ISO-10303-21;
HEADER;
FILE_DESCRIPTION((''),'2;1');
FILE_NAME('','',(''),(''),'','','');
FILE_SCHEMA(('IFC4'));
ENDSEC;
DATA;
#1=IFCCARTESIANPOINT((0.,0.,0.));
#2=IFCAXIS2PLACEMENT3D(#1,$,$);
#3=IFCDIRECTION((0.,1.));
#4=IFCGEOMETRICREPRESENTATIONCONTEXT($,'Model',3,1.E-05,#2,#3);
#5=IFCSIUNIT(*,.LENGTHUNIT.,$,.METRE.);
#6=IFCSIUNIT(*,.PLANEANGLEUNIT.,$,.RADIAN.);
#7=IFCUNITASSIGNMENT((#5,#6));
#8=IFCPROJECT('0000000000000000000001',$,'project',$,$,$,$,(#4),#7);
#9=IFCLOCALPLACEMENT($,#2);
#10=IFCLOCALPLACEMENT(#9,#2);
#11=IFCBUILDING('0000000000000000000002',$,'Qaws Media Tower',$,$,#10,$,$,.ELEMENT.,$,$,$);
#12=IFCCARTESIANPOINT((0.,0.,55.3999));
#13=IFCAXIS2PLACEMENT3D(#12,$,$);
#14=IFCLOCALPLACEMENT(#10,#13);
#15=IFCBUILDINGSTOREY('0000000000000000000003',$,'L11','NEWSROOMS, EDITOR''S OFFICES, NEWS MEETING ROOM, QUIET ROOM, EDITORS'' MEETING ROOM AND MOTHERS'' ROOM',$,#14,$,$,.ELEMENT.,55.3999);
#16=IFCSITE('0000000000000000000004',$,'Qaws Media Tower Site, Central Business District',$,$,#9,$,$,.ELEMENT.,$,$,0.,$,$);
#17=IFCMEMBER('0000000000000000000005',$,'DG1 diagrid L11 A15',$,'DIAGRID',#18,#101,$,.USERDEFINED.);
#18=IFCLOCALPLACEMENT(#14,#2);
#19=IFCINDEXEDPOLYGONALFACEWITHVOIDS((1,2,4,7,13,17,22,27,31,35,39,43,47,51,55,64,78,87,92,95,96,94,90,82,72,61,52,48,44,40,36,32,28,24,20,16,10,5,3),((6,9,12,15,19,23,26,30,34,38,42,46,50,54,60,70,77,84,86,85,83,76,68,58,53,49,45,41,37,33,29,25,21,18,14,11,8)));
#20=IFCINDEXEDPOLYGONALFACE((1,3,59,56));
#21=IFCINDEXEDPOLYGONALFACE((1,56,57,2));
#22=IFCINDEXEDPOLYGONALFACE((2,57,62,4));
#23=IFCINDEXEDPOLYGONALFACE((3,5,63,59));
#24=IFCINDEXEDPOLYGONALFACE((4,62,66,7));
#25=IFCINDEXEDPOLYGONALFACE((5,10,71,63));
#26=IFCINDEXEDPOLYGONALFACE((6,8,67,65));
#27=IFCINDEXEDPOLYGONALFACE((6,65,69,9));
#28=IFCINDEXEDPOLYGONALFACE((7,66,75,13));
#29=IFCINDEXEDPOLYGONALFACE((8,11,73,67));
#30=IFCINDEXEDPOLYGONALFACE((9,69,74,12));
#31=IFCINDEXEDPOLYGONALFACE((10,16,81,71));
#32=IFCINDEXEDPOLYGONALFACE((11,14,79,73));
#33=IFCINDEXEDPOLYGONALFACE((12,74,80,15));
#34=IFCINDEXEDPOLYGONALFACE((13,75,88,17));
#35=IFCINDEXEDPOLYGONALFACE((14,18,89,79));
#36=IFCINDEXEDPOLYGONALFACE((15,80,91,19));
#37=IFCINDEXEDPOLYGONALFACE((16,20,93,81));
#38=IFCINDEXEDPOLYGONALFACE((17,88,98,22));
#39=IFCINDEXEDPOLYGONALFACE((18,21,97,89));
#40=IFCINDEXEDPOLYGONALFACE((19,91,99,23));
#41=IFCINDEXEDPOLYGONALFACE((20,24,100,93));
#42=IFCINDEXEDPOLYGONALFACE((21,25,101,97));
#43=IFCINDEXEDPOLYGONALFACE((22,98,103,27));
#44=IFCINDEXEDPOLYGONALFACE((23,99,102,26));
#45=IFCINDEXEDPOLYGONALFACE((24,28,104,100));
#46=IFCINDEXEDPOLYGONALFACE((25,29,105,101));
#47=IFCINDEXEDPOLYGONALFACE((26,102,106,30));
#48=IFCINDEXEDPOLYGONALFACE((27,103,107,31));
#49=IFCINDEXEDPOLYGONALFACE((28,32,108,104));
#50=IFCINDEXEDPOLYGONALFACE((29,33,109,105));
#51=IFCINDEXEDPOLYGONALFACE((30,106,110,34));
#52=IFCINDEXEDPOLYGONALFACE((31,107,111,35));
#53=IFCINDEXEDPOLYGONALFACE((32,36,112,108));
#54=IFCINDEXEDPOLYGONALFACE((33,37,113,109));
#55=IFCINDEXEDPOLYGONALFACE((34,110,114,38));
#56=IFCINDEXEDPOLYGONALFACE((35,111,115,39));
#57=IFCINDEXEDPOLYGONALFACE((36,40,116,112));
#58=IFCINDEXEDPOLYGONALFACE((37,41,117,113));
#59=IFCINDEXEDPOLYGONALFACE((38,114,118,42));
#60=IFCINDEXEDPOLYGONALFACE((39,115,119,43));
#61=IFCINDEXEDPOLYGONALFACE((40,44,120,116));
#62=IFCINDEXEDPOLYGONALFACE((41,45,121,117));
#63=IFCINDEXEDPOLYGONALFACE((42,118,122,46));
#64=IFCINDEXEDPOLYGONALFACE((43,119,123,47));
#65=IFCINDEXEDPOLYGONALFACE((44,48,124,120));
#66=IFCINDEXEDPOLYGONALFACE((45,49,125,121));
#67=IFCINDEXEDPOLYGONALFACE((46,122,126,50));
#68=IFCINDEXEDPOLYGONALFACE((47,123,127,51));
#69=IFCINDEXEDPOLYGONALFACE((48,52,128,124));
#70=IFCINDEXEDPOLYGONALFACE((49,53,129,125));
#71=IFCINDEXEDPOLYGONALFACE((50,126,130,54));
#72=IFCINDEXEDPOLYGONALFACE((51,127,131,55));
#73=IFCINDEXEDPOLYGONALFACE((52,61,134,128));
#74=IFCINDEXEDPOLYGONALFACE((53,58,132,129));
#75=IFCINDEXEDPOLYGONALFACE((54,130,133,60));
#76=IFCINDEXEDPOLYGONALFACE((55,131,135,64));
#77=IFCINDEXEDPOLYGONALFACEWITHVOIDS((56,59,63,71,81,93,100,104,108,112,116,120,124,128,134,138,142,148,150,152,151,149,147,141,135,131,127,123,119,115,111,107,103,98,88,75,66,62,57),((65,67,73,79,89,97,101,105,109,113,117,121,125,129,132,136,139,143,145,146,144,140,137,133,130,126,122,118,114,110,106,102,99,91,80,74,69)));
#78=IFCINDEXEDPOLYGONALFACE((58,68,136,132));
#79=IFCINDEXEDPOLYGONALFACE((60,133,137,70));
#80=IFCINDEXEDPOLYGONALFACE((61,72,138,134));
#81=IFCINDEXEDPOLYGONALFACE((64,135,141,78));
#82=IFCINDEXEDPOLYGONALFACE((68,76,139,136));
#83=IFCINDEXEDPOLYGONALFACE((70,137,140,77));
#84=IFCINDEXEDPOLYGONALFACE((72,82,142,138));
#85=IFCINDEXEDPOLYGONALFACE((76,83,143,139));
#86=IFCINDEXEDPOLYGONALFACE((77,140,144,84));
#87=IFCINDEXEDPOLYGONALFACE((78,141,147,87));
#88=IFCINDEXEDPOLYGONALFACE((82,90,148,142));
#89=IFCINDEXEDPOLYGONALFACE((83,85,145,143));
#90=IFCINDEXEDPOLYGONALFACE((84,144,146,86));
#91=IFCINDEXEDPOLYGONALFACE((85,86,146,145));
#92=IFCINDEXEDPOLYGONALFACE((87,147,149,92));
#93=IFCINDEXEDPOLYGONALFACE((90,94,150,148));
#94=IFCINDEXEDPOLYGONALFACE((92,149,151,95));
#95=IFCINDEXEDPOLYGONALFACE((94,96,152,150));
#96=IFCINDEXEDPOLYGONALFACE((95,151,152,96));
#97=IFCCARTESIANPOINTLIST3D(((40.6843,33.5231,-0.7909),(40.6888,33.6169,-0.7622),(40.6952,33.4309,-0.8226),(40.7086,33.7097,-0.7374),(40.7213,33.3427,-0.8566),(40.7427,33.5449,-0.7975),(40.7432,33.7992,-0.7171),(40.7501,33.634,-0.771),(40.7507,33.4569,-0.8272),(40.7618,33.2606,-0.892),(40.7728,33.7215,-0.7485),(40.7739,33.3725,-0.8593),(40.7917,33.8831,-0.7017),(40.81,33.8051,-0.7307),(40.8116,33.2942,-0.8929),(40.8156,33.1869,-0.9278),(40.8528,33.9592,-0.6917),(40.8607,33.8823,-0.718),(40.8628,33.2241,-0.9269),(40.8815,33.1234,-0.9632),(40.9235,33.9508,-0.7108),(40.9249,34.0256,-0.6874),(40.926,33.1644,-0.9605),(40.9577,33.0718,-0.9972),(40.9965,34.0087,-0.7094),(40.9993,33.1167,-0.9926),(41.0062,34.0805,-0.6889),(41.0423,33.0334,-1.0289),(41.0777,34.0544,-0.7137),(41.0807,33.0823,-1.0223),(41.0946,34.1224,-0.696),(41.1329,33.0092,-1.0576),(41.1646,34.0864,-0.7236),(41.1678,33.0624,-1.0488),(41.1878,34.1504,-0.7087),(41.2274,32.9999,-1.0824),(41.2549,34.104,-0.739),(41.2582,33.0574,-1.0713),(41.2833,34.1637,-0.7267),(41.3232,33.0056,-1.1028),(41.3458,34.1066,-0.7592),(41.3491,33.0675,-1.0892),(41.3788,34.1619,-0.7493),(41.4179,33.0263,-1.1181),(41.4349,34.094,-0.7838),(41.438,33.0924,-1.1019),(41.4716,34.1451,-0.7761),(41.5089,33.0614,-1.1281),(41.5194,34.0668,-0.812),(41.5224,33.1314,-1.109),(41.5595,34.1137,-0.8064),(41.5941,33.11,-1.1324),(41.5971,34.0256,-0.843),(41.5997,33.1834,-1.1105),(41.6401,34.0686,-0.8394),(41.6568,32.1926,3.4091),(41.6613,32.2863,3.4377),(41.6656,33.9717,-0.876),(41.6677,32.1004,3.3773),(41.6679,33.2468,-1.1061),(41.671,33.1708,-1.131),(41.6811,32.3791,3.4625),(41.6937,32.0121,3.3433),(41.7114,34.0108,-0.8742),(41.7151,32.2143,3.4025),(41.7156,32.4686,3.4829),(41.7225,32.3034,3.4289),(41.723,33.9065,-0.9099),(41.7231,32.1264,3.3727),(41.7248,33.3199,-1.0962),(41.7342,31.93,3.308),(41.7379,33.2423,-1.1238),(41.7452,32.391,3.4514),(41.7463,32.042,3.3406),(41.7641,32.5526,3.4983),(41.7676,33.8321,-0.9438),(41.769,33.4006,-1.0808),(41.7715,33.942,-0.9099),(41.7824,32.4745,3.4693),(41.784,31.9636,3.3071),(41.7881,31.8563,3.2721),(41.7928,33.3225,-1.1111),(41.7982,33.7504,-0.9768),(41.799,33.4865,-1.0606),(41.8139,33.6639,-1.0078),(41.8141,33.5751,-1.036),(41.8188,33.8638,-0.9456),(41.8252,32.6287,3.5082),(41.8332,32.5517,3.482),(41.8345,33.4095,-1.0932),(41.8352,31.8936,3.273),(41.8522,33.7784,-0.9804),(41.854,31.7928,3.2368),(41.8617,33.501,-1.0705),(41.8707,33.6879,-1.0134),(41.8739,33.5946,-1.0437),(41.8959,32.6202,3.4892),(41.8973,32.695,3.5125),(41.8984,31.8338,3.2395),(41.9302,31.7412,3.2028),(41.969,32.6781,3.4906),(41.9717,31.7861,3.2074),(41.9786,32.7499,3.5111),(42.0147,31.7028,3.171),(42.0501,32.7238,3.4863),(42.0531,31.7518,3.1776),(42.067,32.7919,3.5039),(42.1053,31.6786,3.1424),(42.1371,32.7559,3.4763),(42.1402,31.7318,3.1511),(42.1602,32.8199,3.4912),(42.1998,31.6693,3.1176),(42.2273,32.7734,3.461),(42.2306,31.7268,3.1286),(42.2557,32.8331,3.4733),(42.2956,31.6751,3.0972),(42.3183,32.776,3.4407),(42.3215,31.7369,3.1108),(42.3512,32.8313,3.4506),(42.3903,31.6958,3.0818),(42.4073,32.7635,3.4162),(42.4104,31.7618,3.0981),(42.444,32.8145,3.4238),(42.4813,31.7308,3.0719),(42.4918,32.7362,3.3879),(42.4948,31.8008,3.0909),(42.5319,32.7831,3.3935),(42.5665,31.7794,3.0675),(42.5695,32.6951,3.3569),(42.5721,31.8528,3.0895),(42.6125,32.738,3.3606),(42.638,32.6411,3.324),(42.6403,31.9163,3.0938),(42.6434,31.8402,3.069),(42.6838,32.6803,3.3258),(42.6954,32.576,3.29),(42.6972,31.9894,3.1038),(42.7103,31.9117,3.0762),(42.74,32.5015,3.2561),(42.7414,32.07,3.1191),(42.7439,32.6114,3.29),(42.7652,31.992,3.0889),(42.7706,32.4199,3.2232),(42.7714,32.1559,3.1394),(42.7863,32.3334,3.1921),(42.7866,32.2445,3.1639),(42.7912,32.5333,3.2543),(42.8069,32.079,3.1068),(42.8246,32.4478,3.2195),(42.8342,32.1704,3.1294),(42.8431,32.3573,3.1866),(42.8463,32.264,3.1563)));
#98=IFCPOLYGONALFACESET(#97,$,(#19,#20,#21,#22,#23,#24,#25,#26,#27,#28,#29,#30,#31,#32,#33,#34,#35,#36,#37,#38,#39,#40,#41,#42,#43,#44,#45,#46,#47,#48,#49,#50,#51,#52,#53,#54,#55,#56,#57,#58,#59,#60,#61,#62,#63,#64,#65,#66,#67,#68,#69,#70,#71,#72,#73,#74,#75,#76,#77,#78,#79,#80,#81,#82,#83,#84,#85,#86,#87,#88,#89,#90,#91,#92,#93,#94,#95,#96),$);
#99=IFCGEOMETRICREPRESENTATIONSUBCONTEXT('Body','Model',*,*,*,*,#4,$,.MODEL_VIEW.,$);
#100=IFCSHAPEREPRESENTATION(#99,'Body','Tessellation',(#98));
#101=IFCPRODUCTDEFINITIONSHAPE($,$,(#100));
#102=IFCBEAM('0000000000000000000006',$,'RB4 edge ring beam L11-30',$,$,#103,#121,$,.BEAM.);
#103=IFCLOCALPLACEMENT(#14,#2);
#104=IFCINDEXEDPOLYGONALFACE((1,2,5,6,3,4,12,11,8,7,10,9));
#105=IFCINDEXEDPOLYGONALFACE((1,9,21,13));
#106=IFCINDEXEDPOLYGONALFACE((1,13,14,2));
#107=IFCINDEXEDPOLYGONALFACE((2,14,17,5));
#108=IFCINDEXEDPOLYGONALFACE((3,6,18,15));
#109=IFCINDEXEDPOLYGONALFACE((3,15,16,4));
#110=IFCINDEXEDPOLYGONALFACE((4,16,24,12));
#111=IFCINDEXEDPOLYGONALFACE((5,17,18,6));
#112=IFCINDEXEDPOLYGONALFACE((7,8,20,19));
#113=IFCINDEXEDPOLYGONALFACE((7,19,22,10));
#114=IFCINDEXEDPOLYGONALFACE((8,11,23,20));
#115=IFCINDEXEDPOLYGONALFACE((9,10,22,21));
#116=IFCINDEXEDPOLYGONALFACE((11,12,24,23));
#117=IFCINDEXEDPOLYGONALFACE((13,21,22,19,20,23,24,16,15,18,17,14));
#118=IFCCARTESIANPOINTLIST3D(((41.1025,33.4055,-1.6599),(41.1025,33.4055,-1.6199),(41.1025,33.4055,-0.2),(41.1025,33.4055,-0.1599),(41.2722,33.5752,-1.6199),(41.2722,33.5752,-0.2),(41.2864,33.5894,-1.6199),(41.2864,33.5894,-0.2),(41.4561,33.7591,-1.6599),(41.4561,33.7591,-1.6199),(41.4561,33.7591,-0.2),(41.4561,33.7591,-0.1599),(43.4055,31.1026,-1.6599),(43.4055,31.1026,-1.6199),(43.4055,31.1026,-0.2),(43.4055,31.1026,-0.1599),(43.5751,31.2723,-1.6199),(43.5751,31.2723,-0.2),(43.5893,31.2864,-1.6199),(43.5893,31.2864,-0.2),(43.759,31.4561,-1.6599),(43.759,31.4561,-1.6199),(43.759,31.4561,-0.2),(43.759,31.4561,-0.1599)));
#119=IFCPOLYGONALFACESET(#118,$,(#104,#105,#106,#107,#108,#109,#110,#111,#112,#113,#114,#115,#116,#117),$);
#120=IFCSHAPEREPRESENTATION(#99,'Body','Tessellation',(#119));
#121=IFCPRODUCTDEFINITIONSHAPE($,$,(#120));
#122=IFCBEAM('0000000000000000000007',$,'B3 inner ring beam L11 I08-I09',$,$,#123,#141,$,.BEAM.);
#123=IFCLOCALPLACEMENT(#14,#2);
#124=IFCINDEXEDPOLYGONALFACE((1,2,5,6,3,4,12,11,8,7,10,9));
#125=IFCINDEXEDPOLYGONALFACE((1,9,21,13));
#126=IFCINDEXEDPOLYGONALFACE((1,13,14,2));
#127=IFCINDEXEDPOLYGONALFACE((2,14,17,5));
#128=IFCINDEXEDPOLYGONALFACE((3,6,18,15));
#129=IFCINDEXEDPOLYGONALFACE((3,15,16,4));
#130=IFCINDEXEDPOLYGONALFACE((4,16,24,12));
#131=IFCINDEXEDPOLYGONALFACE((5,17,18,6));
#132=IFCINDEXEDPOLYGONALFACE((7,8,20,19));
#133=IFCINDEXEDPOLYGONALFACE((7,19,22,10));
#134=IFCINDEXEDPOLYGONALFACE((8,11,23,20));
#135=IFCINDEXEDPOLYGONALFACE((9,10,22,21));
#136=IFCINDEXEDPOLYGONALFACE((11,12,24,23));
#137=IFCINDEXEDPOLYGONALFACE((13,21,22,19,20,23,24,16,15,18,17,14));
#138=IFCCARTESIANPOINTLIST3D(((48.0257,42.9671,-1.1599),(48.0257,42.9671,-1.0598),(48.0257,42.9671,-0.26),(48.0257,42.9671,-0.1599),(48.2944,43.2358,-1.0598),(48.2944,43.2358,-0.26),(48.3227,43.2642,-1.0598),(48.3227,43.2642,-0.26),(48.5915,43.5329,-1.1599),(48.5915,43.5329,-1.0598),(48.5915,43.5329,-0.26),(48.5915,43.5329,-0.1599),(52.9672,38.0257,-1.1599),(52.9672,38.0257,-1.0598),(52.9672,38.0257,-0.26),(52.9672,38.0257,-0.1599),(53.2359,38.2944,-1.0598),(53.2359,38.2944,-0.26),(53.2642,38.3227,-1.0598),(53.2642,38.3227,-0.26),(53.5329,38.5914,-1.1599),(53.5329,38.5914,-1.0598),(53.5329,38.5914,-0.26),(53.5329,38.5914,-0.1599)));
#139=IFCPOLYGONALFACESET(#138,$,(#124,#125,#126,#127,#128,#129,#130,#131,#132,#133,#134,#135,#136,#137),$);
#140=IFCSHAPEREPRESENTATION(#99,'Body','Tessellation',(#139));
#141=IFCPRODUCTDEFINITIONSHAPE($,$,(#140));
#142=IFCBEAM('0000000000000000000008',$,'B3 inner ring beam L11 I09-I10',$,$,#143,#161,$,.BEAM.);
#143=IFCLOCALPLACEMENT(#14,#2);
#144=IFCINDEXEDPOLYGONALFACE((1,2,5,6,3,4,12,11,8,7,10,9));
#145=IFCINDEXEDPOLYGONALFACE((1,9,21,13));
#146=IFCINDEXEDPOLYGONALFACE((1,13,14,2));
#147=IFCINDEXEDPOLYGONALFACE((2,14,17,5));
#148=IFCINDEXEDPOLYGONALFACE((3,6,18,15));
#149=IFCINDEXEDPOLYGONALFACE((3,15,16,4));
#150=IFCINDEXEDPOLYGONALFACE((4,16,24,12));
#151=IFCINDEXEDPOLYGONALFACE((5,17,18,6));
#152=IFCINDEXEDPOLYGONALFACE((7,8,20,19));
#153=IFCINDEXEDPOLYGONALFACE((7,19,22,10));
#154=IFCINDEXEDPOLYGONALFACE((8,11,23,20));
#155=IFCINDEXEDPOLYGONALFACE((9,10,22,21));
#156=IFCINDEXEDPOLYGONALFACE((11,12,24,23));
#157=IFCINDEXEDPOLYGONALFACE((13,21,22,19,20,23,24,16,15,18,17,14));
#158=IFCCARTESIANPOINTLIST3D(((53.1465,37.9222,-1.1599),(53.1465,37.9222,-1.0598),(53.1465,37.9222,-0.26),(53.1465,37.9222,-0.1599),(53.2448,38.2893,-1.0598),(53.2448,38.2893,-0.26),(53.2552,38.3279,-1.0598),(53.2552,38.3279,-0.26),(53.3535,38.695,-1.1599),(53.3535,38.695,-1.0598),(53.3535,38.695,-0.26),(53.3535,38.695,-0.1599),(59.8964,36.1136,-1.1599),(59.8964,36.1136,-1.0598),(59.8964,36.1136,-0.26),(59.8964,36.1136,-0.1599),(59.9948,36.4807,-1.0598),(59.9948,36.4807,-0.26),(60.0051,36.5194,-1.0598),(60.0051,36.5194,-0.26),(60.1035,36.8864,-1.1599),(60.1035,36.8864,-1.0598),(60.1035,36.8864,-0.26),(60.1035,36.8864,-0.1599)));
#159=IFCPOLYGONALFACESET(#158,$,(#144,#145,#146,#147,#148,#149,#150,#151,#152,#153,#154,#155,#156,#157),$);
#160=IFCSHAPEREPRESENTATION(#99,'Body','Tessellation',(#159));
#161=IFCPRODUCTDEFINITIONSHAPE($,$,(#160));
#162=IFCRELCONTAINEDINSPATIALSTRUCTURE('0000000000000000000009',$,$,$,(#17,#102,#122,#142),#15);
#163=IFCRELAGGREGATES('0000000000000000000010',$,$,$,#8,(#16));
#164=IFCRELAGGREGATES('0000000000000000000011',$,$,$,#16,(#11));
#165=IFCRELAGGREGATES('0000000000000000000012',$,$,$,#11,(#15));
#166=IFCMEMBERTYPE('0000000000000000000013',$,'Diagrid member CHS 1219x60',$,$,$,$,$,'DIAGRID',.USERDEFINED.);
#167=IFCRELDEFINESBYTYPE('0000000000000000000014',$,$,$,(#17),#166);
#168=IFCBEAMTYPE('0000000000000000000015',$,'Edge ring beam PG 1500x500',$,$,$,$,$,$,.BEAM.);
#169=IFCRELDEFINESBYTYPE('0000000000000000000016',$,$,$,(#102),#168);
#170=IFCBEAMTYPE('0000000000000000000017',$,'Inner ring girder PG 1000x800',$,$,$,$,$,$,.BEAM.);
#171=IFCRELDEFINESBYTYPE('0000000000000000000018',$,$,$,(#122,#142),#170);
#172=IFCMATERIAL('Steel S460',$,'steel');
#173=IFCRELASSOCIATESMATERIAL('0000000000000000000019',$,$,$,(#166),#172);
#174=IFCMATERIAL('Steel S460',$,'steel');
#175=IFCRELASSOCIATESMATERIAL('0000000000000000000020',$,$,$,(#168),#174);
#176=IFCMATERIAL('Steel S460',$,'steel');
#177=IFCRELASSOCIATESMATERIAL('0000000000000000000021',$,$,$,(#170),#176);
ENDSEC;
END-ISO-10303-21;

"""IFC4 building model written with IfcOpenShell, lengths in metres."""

from ifc_helpers import new_model, si_unit, direction, frame, origin, origin_2d, place, context, subcontext, project, spatial, hollow_circle, i_section, extrude, material, material_profile, profile_set, type_object, element, save


model = new_model("IFC4")

# Units and contexts
model_context = context("Model", 3, precision=1e-05, world=origin(), true_north=direction((0.0, 1.0)))
body_context = subcontext(model_context, "Body", "Model", "MODEL_VIEW")
ifc_project = project(units=[si_unit("LENGTHUNIT", "METRE"), si_unit("PLANEANGLEUNIT", "RADIAN")], contexts=[model_context])

# Site, building, storey
site_placement = place(None, origin())
site = spatial("IfcSite", under=ifc_project, at=site_placement, Name="Qaws Media Tower Site, Central Business District", CompositionType="ELEMENT", RefElevation=0.0)
building_placement = place(site_placement, origin())
building = spatial("IfcBuilding", under=site, at=building_placement, Name="Qaws Media Tower", CompositionType="ELEMENT")
storey_placement = place(building_placement, frame((0.0, 0.0, 55.3999)))
storey = spatial("IfcBuildingStorey", under=building, at=storey_placement, Name="L11", Description="NEWSROOMS, EDITOR'S OFFICES, NEWS MEETING ROOM, QUIET ROOM, EDITORS' MEETING ROOM AND MOTHERS' ROOM", CompositionType="ELEMENT", Elevation=55.3999)

# Member
ifc_material_1 = material(Name="Steel S460", Category="steel")
ifc_material_profile_1 = material_profile(ifc_material_1, hollow_circle(Radius=0.6096, WallThickness=0.0601, at=origin_2d()), Name="CHS 1219x60")
ifc_profile_set_1 = profile_set([ifc_material_profile_1], Name="Steel S460")
member_type_1 = type_object("IfcMemberType", Name="Diagrid member CHS 1219x60", ElementType="DIAGRID", PredefinedType="USERDEFINED", material=ifc_profile_set_1)
member_1_placement = place(storey_placement, frame((41.2793, 33.5823, -0.9099), z_axis=(0.21553, -0.294914, 0.930899), x_axis=(0.807369, 0.590046, 0.0)))
element("IfcMember", 1, at=member_1_placement, inside=storey, type_object=member_type_1, Name="DG1 diagrid L11 A15", ObjectType="DIAGRID", PredefinedType="USERDEFINED", context=body_context, shape_type="SweptSolid", body=[
    extrude(hollow_circle(Radius=0.6096, WallThickness=0.0601, at=origin_2d()), origin(), (0.0, 0.0, 1.0), 4.5117),
])

# Beams
ifc_material_2 = material(Name="Steel S460", Category="steel")
ifc_material_profile_2 = material_profile(ifc_material_2, i_section(OverallWidth=0.5, OverallDepth=1.5, WebThickness=0.02, FlangeThickness=0.04, at=origin_2d()), Name="PG 1500x500")
ifc_profile_set_2 = profile_set([ifc_material_profile_2], Name="Steel S460")
beam_type_1 = type_object("IfcBeamType", Name="Edge ring beam PG 1500x500", PredefinedType="BEAM", material=ifc_profile_set_2)
beam_1_placement = place(storey_placement, frame((41.2793, 33.5823, -0.9099), z_axis=(0.707107, -0.707107, 0.0), x_axis=(0.707107, 0.707107, 0.0)))
element("IfcBeam", 2, at=beam_1_placement, inside=storey, type_object=beam_type_1, Name="RB4 edge ring beam L11-30", PredefinedType="BEAM", context=body_context, shape_type="SweptSolid", body=[
    extrude(i_section(OverallWidth=0.5, OverallDepth=1.5, WebThickness=0.02, FlangeThickness=0.04, at=origin_2d()), origin(), (0.0, 0.0, 1.0), 3.2568),
])
ifc_material_3 = material(Name="Steel S460", Category="steel")
ifc_material_profile_3 = material_profile(ifc_material_3, i_section(OverallWidth=0.8, OverallDepth=1.0, WebThickness=0.04, FlangeThickness=0.1001, at=origin_2d()), Name="PG 1000x800")
ifc_profile_set_3 = profile_set([ifc_material_profile_3], Name="Steel S460")
beam_type_2 = type_object("IfcBeamType", Name="Inner ring girder PG 1000x800", PredefinedType="BEAM", material=ifc_profile_set_3)
beam_2_placement = place(storey_placement, frame((48.3086, 43.25, -0.6599), z_axis=(0.707107, -0.707107, 0.0), x_axis=(0.707107, 0.707107, 0.0)))
element("IfcBeam", 3, at=beam_2_placement, inside=storey, type_object=beam_type_2, Name="B3 inner ring beam L11 I08-I09", PredefinedType="BEAM", context=body_context, shape_type="SweptSolid", body=[
    extrude(i_section(OverallWidth=0.8, OverallDepth=1.0, WebThickness=0.04, FlangeThickness=0.1001, at=origin_2d()), origin(), (0.0, 0.0, 1.0), 6.9883),
])
beam_3_placement = place(storey_placement, frame((53.25, 38.3086, -0.6599), z_axis=(0.965928, -0.258811, 0.0), x_axis=(0.258811, 0.965928, 0.0)))
element("IfcBeam", 4, at=beam_3_placement, inside=storey, type_object=beam_type_2, Name="B3 inner ring beam L11 I09-I10", PredefinedType="BEAM", context=body_context, shape_type="SweptSolid", body=[
    extrude(i_section(OverallWidth=0.8, OverallDepth=1.0, WebThickness=0.04, FlangeThickness=0.1001, at=origin_2d()), origin(), (0.0, 0.0, 1.0), 6.988),
])

save(model, "model.ifc")
